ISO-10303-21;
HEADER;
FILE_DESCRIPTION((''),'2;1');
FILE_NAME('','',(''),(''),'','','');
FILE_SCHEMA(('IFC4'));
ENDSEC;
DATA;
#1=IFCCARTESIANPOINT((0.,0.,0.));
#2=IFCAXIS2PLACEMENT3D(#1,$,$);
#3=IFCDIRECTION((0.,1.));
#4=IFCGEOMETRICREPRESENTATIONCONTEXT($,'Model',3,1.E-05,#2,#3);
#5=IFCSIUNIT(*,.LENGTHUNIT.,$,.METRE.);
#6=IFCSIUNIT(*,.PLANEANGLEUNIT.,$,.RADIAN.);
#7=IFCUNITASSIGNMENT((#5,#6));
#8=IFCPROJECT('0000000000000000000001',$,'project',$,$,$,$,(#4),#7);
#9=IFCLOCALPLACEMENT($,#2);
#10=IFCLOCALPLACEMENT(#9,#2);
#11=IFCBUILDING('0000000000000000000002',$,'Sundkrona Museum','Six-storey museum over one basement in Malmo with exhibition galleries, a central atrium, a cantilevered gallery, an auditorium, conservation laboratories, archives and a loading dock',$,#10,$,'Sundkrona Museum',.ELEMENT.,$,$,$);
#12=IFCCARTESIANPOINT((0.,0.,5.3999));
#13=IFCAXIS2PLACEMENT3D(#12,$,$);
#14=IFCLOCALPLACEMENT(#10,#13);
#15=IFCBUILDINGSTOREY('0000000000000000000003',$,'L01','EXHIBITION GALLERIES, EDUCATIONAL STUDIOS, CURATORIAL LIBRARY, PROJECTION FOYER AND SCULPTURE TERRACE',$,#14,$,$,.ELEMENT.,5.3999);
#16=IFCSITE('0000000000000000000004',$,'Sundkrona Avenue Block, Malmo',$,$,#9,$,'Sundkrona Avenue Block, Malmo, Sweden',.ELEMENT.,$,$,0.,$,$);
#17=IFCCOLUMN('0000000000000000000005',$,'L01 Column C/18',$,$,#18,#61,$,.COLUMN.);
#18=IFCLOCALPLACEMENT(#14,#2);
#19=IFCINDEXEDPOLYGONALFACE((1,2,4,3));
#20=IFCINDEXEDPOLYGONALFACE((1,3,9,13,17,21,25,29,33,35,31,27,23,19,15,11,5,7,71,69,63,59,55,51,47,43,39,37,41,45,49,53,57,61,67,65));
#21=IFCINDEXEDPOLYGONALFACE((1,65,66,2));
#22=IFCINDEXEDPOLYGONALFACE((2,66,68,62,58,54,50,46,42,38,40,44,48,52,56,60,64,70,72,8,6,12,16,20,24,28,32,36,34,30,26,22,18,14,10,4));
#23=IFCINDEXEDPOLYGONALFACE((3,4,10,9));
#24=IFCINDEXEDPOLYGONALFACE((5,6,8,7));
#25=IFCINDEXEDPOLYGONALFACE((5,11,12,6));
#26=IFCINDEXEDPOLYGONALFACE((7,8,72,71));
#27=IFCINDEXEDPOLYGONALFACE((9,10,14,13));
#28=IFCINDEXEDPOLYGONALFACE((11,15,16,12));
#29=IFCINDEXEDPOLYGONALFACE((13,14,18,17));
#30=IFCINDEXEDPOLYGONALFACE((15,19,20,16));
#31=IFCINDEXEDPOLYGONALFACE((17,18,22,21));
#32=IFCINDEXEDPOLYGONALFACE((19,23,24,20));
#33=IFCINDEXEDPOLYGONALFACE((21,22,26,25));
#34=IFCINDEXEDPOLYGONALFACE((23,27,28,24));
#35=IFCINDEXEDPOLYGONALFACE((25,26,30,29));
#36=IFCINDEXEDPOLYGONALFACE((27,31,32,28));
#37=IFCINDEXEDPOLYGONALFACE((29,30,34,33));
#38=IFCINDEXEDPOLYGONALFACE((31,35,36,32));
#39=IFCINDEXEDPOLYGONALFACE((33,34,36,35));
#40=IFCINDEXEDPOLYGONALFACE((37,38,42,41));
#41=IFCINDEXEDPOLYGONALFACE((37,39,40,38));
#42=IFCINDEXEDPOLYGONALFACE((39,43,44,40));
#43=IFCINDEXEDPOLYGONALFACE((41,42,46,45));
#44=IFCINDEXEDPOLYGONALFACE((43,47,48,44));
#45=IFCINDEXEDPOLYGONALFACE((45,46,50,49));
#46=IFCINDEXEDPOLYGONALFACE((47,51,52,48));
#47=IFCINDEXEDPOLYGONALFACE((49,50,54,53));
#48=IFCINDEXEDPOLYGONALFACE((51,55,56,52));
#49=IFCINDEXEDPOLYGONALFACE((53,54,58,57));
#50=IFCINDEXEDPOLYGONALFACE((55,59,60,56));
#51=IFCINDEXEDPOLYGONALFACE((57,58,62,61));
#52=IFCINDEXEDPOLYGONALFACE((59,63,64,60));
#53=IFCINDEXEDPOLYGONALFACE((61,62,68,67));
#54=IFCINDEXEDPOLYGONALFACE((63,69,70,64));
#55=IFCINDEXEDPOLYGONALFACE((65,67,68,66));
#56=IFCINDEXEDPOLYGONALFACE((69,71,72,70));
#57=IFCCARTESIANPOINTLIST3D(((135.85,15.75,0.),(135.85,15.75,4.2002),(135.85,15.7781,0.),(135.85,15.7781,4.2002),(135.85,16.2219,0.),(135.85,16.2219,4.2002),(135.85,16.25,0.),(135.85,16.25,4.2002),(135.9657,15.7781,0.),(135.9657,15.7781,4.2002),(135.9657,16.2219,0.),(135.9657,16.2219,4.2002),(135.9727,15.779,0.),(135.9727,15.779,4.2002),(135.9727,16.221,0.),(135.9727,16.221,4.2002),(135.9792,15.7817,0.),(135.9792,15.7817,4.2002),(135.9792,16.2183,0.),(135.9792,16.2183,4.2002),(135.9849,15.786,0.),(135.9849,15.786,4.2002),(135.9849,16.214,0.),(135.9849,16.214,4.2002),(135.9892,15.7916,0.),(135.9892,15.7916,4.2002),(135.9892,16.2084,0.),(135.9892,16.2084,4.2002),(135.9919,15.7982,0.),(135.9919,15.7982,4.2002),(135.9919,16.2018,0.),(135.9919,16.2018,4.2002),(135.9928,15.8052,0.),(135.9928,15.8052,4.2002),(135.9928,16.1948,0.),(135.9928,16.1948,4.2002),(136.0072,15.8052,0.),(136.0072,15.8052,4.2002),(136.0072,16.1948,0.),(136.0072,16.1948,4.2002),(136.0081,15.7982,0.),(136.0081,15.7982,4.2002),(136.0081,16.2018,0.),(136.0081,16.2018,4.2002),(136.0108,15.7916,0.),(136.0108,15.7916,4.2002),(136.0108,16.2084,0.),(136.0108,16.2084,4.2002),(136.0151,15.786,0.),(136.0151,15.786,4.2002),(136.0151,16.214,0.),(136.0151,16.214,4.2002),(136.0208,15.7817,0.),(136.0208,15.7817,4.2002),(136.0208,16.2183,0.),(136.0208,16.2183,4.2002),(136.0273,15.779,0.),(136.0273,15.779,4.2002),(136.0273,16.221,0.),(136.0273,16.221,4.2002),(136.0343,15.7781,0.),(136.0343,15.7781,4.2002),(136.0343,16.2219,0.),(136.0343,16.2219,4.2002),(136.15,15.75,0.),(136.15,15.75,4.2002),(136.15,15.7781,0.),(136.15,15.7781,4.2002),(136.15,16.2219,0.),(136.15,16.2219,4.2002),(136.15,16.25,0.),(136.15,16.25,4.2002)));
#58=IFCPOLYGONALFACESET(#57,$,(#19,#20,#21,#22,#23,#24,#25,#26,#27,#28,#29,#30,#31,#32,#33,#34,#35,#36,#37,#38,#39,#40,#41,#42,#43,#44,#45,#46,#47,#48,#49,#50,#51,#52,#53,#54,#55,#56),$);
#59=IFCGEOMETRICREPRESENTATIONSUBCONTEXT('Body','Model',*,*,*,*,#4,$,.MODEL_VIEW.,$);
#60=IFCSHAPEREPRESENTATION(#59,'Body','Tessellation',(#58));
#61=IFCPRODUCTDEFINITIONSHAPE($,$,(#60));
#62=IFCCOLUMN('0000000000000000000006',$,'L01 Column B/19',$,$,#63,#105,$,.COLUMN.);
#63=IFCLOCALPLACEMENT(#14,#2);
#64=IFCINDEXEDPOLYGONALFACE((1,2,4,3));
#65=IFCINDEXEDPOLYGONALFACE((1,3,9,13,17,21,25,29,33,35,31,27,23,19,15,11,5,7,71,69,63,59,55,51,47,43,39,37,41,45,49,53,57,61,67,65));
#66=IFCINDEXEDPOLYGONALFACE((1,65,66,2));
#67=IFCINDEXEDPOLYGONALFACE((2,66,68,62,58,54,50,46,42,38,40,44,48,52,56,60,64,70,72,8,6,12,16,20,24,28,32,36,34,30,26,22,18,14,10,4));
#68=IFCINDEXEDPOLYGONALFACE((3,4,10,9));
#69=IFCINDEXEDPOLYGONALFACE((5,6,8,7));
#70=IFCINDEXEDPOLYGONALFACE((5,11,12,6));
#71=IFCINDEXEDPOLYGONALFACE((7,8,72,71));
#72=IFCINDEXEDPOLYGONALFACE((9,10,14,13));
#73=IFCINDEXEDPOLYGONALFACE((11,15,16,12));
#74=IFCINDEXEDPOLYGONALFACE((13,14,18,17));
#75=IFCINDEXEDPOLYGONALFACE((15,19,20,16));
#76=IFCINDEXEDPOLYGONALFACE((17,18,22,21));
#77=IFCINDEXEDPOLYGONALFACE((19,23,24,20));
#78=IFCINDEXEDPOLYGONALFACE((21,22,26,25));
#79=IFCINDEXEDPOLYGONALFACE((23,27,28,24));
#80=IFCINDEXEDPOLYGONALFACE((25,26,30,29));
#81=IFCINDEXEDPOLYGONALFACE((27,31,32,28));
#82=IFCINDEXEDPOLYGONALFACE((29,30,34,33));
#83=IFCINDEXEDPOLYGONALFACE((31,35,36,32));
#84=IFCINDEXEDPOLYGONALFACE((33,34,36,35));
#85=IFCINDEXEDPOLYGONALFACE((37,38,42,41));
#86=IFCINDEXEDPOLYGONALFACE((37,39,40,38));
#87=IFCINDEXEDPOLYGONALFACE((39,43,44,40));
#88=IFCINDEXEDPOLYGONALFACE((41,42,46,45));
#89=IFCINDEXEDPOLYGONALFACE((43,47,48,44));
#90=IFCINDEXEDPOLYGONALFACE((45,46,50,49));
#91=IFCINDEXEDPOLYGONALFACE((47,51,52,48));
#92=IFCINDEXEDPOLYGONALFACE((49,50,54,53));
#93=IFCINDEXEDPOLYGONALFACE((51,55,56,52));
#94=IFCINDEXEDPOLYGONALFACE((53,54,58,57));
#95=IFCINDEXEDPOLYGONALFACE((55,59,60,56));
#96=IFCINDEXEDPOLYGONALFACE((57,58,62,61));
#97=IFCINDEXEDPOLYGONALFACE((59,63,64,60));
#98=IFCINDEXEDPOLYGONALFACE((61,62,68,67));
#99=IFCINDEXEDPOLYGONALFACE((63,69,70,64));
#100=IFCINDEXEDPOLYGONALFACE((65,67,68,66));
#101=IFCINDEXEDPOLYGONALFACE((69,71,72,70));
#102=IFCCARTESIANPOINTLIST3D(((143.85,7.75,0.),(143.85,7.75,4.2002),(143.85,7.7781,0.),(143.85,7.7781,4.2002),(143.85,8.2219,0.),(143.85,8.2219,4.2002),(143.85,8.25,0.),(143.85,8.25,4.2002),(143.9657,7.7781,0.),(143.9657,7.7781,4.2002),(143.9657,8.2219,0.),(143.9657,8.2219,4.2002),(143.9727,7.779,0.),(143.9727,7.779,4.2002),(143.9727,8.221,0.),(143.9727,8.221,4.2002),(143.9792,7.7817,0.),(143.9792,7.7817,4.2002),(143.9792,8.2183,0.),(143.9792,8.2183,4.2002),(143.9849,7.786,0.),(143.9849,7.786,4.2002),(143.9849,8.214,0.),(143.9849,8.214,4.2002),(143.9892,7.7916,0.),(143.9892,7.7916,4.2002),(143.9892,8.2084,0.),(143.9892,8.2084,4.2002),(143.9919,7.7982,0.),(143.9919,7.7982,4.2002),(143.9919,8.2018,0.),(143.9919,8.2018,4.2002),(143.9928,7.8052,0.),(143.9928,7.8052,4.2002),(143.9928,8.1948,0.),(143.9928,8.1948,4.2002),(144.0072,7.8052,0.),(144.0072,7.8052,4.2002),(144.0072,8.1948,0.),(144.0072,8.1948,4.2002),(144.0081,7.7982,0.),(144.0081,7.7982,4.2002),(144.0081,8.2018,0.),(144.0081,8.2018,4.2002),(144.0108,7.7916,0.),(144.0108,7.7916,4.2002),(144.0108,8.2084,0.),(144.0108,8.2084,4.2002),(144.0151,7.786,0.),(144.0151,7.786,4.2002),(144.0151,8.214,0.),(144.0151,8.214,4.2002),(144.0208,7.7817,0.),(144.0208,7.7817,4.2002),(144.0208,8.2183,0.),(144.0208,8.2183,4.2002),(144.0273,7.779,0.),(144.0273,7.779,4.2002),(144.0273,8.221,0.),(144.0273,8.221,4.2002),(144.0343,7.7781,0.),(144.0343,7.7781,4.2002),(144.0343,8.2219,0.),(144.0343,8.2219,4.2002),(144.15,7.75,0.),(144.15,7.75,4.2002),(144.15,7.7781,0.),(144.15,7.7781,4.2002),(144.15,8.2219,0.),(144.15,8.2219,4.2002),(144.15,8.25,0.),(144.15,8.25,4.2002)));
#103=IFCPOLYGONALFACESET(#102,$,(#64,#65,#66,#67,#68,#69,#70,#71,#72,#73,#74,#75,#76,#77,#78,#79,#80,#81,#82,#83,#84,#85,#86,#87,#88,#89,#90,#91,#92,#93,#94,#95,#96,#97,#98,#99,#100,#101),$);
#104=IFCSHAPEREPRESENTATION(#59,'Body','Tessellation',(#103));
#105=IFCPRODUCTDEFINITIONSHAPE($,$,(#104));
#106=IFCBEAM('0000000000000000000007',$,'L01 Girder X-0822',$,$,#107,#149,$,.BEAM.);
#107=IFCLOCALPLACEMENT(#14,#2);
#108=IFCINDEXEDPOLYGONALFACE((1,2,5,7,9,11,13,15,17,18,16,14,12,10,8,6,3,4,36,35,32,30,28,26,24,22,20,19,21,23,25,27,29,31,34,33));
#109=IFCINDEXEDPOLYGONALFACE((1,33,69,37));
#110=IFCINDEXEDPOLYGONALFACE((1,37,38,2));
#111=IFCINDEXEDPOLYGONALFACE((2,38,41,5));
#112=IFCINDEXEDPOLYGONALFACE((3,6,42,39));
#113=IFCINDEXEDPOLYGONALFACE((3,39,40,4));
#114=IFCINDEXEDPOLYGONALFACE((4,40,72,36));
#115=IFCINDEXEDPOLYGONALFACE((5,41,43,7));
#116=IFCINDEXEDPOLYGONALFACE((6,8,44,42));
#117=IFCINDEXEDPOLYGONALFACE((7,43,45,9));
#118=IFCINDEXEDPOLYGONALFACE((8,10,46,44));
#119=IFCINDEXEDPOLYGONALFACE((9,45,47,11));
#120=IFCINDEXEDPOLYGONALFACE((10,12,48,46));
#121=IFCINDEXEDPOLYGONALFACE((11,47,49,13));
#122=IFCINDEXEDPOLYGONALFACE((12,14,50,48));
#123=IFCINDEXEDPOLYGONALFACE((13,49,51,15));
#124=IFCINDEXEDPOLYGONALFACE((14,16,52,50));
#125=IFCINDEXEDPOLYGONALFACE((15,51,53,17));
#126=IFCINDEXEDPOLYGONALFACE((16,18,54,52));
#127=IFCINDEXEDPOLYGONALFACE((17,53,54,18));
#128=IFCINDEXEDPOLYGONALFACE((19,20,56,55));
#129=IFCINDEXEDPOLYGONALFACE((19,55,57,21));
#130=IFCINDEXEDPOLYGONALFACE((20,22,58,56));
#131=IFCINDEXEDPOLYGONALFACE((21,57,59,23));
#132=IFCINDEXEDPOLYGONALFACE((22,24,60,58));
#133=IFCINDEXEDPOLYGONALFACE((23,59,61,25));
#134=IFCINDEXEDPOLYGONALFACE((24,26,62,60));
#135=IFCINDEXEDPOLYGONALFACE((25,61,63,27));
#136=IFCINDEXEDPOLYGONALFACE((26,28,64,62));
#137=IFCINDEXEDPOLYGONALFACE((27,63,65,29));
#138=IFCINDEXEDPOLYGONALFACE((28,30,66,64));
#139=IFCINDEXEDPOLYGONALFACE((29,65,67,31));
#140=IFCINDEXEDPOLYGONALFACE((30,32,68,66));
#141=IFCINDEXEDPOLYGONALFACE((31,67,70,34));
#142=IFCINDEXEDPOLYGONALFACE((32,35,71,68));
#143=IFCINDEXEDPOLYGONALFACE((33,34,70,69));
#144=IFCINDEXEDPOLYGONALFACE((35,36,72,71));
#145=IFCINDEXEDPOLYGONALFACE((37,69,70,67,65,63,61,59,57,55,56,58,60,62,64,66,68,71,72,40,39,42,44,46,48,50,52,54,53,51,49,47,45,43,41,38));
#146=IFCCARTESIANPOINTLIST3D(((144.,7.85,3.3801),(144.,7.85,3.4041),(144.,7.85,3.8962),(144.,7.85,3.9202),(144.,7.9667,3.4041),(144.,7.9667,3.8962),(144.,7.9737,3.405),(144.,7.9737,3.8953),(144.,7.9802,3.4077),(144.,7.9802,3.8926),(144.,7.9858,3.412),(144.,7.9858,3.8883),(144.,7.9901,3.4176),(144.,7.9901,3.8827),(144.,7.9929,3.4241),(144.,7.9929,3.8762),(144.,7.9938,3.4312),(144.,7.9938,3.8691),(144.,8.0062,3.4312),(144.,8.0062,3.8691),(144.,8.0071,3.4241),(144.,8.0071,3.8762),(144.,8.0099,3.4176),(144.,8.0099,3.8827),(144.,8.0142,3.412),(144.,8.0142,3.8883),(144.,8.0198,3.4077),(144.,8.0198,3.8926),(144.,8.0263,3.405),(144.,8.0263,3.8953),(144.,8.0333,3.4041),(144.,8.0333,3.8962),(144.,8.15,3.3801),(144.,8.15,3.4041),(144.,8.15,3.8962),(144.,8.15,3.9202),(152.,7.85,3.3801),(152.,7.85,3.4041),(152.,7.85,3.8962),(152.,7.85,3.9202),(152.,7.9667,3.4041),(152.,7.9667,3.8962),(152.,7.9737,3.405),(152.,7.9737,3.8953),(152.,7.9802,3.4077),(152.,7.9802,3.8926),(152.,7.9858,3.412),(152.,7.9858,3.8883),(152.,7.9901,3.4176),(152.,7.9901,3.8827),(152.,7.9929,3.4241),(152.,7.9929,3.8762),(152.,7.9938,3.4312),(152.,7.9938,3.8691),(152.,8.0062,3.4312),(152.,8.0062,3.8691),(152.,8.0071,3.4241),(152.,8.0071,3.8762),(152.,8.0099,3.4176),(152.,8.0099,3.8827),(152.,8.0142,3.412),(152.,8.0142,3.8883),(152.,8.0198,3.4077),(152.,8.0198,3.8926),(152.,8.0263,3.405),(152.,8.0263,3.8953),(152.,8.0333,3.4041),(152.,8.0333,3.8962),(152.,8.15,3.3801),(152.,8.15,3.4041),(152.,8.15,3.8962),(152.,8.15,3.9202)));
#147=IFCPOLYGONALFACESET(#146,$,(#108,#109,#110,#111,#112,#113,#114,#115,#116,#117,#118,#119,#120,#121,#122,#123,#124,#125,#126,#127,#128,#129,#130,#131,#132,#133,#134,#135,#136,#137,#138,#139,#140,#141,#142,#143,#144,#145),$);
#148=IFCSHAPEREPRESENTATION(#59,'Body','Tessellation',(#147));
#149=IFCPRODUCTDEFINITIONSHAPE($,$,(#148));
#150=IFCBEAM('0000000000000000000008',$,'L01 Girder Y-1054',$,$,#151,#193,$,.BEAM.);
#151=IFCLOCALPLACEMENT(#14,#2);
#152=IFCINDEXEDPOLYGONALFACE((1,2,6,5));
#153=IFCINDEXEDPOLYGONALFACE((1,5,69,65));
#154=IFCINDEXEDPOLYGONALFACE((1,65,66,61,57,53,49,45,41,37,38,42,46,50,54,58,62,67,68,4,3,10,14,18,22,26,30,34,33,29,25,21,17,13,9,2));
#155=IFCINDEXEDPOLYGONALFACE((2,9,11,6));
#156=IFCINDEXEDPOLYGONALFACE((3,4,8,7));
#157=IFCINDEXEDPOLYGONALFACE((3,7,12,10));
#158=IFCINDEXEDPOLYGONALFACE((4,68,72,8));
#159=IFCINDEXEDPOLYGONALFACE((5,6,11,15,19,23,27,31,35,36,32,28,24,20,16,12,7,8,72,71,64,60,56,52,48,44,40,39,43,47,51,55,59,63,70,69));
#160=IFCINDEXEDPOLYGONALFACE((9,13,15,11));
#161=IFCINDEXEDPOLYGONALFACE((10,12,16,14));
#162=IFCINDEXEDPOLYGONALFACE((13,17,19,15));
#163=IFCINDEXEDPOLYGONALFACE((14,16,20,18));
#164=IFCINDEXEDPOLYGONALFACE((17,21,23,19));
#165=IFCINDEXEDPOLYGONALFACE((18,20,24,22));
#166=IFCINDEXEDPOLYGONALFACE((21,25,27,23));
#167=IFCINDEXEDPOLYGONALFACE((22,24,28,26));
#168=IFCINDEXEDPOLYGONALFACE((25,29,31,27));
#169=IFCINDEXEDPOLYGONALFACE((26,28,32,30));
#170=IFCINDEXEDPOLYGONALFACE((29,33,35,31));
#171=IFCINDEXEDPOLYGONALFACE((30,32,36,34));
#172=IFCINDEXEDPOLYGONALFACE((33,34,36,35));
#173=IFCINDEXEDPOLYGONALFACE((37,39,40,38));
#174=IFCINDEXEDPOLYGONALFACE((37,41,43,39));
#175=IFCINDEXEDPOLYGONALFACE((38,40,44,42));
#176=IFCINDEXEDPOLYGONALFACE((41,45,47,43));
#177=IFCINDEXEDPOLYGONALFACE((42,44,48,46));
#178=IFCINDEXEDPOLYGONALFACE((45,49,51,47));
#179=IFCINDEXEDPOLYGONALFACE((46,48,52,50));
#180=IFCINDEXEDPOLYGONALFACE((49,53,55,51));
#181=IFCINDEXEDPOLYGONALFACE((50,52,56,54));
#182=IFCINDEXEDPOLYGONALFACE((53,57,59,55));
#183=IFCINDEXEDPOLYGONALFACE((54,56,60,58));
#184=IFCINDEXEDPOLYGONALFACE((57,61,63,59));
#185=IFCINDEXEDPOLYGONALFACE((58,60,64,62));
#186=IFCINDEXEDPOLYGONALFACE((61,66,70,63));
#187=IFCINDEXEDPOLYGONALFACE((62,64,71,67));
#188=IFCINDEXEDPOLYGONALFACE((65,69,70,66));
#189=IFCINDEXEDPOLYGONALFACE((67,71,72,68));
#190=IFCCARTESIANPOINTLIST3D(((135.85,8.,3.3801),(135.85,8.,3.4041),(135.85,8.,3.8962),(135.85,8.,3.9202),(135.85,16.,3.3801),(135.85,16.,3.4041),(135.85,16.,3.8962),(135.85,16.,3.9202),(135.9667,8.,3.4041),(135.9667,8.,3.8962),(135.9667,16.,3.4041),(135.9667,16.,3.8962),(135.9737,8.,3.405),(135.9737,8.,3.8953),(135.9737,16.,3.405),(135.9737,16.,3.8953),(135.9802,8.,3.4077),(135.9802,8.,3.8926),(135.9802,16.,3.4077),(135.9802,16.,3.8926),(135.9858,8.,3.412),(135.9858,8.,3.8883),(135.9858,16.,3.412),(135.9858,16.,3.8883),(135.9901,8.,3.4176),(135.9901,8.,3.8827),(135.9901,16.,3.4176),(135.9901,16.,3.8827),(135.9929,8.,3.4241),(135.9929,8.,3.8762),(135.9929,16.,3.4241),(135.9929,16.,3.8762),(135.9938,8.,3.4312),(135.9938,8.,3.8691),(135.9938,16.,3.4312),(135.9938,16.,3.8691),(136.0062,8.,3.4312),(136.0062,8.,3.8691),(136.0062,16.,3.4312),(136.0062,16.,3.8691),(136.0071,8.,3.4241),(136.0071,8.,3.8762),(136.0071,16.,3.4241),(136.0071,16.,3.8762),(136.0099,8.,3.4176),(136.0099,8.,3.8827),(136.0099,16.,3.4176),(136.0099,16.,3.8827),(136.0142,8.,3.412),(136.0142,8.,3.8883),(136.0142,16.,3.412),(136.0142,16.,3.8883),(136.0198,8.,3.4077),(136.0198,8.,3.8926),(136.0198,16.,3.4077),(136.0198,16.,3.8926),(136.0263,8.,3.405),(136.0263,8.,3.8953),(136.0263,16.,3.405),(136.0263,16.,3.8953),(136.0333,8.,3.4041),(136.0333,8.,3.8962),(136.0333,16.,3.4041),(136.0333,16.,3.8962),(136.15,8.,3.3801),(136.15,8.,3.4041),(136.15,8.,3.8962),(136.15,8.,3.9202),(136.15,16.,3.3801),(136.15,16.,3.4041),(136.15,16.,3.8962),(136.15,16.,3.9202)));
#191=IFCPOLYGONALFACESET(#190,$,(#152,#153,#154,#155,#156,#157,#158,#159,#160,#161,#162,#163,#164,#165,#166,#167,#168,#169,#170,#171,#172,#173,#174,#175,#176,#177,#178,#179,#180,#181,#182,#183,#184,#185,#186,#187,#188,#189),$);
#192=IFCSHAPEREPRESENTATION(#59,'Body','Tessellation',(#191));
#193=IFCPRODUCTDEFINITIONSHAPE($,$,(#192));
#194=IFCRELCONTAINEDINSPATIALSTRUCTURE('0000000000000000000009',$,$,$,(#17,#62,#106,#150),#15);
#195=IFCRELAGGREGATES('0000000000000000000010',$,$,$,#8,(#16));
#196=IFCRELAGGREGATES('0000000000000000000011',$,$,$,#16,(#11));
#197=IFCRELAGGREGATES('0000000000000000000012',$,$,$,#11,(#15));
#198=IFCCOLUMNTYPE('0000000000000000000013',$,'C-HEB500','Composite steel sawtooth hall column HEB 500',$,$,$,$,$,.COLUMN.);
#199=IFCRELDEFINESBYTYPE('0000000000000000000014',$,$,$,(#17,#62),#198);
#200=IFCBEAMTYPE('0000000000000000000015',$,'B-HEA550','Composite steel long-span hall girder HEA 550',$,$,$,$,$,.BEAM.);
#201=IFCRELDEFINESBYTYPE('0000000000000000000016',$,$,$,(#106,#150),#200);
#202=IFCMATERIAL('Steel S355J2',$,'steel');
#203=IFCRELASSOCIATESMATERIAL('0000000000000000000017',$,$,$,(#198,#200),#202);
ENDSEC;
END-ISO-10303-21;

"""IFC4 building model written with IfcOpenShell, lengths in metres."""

from ifc_helpers import new_model, si_unit, direction, frame, origin, origin_2d, place, context, subcontext, project, spatial, i_section, extrude, material, material_profile, profile_set, type_object, element, save


model = new_model("IFC4")

# Units and contexts
model_context = context("Model", 3, precision=1e-05, world=origin(), true_north=direction((0.0, 1.0)))
body_context = subcontext(model_context, "Body", "Model", "MODEL_VIEW")
ifc_project = project(units=[si_unit("LENGTHUNIT", "METRE"), si_unit("PLANEANGLEUNIT", "RADIAN")], contexts=[model_context])

# Site, building, storey
site_placement = place(None, origin())
site = spatial("IfcSite", under=ifc_project, at=site_placement, Name="Sundkrona Avenue Block, Malmo", LongName="Sundkrona Avenue Block, Malmo, Sweden", CompositionType="ELEMENT", RefElevation=0.0)
building_placement = place(site_placement, origin())
building = spatial("IfcBuilding", under=site, at=building_placement, Name="Sundkrona Museum", Description="Six-storey museum over one basement in Malmo with exhibition galleries, a central atrium, a cantilevered gallery, an auditorium, conservation laboratories, archives and a loading dock", LongName="Sundkrona Museum", CompositionType="ELEMENT")
storey_placement = place(building_placement, frame((0.0, 0.0, 5.3999)))
storey = spatial("IfcBuildingStorey", under=building, at=storey_placement, Name="L01", Description="EXHIBITION GALLERIES, EDUCATIONAL STUDIOS, CURATORIAL LIBRARY, PROJECTION FOYER AND SCULPTURE TERRACE", CompositionType="ELEMENT", Elevation=5.3999)

# Columns
ifc_material_1 = material(Name="Steel S355J2", Category="steel")
ifc_material_profile_1 = material_profile(ifc_material_1, i_section(OverallWidth=0.3, OverallDepth=0.5, WebThickness=0.0144, FlangeThickness=0.0281, FilletRadius=0.0271, at=origin_2d()), Name="HEB 500")
ifc_profile_set_1 = profile_set([ifc_material_profile_1], Name="Steel S355J2")
column_type = type_object("IfcColumnType", Name="C-HEB500", Description="Composite steel sawtooth hall column HEB 500", PredefinedType="COLUMN", material=ifc_profile_set_1)
for number, where, z_axis, x_axis, name in (
    (1, (136.0, 16.0, 0.0), (0.0, 0.0, 1.0), (1.0, 0.0, 0.0), "L01 Column C/18"),
    (2, (144.0, 8.0, 0.0), (0.0, 0.0, 1.0), (1.0, 0.0, 0.0), "L01 Column B/19"),
):
    element("IfcColumn", number, at=place(storey_placement, frame(where, z_axis=z_axis, x_axis=x_axis)), inside=storey, type_object=column_type, Name=name, PredefinedType="COLUMN", context=body_context, shape_type="SweptSolid", body=[
        extrude(i_section(OverallWidth=0.3, OverallDepth=0.5, WebThickness=0.0144, FlangeThickness=0.0281, FilletRadius=0.0271, at=origin_2d()), origin(), (0.0, 0.0, 1.0), 4.2002),
    ])

# Beams
ifc_material_profile_2 = material_profile(ifc_material_1, i_section(OverallWidth=0.3, OverallDepth=0.54, WebThickness=0.0125, FlangeThickness=0.0239, FilletRadius=0.0271, at=origin_2d()), Name="HEA 550")
ifc_profile_set_2 = profile_set([ifc_material_profile_2], Name="Steel S355J2")
beam_type_1 = type_object("IfcBeamType", Name="B-HEA550", Description="Composite steel long-span hall girder HEA 550", PredefinedType="BEAM", material=ifc_profile_set_2)
for number, where, z_axis, x_axis, name in (
    (3, (144.0, 8.0, 3.6501), (1.0, 0.0, 0.0), (0.0, 1.0, 0.0), "L01 Girder X-0822"),
    (4, (136.0, 8.0, 3.6501), (0.0, 1.0, 0.0), (-1.0, 0.0, 0.0), "L01 Girder Y-1054"),
):
    element("IfcBeam", number, at=place(storey_placement, frame(where, z_axis=z_axis, x_axis=x_axis)), inside=storey, type_object=beam_type_1, Name=name, PredefinedType="BEAM", context=body_context, shape_type="SweptSolid", body=[
        extrude(i_section(OverallWidth=0.3, OverallDepth=0.54, WebThickness=0.0125, FlangeThickness=0.0239, FilletRadius=0.0271, at=origin_2d()), origin(), (0.0, 0.0, 1.0), 8.0),
    ])

save(model, "model.ifc")
